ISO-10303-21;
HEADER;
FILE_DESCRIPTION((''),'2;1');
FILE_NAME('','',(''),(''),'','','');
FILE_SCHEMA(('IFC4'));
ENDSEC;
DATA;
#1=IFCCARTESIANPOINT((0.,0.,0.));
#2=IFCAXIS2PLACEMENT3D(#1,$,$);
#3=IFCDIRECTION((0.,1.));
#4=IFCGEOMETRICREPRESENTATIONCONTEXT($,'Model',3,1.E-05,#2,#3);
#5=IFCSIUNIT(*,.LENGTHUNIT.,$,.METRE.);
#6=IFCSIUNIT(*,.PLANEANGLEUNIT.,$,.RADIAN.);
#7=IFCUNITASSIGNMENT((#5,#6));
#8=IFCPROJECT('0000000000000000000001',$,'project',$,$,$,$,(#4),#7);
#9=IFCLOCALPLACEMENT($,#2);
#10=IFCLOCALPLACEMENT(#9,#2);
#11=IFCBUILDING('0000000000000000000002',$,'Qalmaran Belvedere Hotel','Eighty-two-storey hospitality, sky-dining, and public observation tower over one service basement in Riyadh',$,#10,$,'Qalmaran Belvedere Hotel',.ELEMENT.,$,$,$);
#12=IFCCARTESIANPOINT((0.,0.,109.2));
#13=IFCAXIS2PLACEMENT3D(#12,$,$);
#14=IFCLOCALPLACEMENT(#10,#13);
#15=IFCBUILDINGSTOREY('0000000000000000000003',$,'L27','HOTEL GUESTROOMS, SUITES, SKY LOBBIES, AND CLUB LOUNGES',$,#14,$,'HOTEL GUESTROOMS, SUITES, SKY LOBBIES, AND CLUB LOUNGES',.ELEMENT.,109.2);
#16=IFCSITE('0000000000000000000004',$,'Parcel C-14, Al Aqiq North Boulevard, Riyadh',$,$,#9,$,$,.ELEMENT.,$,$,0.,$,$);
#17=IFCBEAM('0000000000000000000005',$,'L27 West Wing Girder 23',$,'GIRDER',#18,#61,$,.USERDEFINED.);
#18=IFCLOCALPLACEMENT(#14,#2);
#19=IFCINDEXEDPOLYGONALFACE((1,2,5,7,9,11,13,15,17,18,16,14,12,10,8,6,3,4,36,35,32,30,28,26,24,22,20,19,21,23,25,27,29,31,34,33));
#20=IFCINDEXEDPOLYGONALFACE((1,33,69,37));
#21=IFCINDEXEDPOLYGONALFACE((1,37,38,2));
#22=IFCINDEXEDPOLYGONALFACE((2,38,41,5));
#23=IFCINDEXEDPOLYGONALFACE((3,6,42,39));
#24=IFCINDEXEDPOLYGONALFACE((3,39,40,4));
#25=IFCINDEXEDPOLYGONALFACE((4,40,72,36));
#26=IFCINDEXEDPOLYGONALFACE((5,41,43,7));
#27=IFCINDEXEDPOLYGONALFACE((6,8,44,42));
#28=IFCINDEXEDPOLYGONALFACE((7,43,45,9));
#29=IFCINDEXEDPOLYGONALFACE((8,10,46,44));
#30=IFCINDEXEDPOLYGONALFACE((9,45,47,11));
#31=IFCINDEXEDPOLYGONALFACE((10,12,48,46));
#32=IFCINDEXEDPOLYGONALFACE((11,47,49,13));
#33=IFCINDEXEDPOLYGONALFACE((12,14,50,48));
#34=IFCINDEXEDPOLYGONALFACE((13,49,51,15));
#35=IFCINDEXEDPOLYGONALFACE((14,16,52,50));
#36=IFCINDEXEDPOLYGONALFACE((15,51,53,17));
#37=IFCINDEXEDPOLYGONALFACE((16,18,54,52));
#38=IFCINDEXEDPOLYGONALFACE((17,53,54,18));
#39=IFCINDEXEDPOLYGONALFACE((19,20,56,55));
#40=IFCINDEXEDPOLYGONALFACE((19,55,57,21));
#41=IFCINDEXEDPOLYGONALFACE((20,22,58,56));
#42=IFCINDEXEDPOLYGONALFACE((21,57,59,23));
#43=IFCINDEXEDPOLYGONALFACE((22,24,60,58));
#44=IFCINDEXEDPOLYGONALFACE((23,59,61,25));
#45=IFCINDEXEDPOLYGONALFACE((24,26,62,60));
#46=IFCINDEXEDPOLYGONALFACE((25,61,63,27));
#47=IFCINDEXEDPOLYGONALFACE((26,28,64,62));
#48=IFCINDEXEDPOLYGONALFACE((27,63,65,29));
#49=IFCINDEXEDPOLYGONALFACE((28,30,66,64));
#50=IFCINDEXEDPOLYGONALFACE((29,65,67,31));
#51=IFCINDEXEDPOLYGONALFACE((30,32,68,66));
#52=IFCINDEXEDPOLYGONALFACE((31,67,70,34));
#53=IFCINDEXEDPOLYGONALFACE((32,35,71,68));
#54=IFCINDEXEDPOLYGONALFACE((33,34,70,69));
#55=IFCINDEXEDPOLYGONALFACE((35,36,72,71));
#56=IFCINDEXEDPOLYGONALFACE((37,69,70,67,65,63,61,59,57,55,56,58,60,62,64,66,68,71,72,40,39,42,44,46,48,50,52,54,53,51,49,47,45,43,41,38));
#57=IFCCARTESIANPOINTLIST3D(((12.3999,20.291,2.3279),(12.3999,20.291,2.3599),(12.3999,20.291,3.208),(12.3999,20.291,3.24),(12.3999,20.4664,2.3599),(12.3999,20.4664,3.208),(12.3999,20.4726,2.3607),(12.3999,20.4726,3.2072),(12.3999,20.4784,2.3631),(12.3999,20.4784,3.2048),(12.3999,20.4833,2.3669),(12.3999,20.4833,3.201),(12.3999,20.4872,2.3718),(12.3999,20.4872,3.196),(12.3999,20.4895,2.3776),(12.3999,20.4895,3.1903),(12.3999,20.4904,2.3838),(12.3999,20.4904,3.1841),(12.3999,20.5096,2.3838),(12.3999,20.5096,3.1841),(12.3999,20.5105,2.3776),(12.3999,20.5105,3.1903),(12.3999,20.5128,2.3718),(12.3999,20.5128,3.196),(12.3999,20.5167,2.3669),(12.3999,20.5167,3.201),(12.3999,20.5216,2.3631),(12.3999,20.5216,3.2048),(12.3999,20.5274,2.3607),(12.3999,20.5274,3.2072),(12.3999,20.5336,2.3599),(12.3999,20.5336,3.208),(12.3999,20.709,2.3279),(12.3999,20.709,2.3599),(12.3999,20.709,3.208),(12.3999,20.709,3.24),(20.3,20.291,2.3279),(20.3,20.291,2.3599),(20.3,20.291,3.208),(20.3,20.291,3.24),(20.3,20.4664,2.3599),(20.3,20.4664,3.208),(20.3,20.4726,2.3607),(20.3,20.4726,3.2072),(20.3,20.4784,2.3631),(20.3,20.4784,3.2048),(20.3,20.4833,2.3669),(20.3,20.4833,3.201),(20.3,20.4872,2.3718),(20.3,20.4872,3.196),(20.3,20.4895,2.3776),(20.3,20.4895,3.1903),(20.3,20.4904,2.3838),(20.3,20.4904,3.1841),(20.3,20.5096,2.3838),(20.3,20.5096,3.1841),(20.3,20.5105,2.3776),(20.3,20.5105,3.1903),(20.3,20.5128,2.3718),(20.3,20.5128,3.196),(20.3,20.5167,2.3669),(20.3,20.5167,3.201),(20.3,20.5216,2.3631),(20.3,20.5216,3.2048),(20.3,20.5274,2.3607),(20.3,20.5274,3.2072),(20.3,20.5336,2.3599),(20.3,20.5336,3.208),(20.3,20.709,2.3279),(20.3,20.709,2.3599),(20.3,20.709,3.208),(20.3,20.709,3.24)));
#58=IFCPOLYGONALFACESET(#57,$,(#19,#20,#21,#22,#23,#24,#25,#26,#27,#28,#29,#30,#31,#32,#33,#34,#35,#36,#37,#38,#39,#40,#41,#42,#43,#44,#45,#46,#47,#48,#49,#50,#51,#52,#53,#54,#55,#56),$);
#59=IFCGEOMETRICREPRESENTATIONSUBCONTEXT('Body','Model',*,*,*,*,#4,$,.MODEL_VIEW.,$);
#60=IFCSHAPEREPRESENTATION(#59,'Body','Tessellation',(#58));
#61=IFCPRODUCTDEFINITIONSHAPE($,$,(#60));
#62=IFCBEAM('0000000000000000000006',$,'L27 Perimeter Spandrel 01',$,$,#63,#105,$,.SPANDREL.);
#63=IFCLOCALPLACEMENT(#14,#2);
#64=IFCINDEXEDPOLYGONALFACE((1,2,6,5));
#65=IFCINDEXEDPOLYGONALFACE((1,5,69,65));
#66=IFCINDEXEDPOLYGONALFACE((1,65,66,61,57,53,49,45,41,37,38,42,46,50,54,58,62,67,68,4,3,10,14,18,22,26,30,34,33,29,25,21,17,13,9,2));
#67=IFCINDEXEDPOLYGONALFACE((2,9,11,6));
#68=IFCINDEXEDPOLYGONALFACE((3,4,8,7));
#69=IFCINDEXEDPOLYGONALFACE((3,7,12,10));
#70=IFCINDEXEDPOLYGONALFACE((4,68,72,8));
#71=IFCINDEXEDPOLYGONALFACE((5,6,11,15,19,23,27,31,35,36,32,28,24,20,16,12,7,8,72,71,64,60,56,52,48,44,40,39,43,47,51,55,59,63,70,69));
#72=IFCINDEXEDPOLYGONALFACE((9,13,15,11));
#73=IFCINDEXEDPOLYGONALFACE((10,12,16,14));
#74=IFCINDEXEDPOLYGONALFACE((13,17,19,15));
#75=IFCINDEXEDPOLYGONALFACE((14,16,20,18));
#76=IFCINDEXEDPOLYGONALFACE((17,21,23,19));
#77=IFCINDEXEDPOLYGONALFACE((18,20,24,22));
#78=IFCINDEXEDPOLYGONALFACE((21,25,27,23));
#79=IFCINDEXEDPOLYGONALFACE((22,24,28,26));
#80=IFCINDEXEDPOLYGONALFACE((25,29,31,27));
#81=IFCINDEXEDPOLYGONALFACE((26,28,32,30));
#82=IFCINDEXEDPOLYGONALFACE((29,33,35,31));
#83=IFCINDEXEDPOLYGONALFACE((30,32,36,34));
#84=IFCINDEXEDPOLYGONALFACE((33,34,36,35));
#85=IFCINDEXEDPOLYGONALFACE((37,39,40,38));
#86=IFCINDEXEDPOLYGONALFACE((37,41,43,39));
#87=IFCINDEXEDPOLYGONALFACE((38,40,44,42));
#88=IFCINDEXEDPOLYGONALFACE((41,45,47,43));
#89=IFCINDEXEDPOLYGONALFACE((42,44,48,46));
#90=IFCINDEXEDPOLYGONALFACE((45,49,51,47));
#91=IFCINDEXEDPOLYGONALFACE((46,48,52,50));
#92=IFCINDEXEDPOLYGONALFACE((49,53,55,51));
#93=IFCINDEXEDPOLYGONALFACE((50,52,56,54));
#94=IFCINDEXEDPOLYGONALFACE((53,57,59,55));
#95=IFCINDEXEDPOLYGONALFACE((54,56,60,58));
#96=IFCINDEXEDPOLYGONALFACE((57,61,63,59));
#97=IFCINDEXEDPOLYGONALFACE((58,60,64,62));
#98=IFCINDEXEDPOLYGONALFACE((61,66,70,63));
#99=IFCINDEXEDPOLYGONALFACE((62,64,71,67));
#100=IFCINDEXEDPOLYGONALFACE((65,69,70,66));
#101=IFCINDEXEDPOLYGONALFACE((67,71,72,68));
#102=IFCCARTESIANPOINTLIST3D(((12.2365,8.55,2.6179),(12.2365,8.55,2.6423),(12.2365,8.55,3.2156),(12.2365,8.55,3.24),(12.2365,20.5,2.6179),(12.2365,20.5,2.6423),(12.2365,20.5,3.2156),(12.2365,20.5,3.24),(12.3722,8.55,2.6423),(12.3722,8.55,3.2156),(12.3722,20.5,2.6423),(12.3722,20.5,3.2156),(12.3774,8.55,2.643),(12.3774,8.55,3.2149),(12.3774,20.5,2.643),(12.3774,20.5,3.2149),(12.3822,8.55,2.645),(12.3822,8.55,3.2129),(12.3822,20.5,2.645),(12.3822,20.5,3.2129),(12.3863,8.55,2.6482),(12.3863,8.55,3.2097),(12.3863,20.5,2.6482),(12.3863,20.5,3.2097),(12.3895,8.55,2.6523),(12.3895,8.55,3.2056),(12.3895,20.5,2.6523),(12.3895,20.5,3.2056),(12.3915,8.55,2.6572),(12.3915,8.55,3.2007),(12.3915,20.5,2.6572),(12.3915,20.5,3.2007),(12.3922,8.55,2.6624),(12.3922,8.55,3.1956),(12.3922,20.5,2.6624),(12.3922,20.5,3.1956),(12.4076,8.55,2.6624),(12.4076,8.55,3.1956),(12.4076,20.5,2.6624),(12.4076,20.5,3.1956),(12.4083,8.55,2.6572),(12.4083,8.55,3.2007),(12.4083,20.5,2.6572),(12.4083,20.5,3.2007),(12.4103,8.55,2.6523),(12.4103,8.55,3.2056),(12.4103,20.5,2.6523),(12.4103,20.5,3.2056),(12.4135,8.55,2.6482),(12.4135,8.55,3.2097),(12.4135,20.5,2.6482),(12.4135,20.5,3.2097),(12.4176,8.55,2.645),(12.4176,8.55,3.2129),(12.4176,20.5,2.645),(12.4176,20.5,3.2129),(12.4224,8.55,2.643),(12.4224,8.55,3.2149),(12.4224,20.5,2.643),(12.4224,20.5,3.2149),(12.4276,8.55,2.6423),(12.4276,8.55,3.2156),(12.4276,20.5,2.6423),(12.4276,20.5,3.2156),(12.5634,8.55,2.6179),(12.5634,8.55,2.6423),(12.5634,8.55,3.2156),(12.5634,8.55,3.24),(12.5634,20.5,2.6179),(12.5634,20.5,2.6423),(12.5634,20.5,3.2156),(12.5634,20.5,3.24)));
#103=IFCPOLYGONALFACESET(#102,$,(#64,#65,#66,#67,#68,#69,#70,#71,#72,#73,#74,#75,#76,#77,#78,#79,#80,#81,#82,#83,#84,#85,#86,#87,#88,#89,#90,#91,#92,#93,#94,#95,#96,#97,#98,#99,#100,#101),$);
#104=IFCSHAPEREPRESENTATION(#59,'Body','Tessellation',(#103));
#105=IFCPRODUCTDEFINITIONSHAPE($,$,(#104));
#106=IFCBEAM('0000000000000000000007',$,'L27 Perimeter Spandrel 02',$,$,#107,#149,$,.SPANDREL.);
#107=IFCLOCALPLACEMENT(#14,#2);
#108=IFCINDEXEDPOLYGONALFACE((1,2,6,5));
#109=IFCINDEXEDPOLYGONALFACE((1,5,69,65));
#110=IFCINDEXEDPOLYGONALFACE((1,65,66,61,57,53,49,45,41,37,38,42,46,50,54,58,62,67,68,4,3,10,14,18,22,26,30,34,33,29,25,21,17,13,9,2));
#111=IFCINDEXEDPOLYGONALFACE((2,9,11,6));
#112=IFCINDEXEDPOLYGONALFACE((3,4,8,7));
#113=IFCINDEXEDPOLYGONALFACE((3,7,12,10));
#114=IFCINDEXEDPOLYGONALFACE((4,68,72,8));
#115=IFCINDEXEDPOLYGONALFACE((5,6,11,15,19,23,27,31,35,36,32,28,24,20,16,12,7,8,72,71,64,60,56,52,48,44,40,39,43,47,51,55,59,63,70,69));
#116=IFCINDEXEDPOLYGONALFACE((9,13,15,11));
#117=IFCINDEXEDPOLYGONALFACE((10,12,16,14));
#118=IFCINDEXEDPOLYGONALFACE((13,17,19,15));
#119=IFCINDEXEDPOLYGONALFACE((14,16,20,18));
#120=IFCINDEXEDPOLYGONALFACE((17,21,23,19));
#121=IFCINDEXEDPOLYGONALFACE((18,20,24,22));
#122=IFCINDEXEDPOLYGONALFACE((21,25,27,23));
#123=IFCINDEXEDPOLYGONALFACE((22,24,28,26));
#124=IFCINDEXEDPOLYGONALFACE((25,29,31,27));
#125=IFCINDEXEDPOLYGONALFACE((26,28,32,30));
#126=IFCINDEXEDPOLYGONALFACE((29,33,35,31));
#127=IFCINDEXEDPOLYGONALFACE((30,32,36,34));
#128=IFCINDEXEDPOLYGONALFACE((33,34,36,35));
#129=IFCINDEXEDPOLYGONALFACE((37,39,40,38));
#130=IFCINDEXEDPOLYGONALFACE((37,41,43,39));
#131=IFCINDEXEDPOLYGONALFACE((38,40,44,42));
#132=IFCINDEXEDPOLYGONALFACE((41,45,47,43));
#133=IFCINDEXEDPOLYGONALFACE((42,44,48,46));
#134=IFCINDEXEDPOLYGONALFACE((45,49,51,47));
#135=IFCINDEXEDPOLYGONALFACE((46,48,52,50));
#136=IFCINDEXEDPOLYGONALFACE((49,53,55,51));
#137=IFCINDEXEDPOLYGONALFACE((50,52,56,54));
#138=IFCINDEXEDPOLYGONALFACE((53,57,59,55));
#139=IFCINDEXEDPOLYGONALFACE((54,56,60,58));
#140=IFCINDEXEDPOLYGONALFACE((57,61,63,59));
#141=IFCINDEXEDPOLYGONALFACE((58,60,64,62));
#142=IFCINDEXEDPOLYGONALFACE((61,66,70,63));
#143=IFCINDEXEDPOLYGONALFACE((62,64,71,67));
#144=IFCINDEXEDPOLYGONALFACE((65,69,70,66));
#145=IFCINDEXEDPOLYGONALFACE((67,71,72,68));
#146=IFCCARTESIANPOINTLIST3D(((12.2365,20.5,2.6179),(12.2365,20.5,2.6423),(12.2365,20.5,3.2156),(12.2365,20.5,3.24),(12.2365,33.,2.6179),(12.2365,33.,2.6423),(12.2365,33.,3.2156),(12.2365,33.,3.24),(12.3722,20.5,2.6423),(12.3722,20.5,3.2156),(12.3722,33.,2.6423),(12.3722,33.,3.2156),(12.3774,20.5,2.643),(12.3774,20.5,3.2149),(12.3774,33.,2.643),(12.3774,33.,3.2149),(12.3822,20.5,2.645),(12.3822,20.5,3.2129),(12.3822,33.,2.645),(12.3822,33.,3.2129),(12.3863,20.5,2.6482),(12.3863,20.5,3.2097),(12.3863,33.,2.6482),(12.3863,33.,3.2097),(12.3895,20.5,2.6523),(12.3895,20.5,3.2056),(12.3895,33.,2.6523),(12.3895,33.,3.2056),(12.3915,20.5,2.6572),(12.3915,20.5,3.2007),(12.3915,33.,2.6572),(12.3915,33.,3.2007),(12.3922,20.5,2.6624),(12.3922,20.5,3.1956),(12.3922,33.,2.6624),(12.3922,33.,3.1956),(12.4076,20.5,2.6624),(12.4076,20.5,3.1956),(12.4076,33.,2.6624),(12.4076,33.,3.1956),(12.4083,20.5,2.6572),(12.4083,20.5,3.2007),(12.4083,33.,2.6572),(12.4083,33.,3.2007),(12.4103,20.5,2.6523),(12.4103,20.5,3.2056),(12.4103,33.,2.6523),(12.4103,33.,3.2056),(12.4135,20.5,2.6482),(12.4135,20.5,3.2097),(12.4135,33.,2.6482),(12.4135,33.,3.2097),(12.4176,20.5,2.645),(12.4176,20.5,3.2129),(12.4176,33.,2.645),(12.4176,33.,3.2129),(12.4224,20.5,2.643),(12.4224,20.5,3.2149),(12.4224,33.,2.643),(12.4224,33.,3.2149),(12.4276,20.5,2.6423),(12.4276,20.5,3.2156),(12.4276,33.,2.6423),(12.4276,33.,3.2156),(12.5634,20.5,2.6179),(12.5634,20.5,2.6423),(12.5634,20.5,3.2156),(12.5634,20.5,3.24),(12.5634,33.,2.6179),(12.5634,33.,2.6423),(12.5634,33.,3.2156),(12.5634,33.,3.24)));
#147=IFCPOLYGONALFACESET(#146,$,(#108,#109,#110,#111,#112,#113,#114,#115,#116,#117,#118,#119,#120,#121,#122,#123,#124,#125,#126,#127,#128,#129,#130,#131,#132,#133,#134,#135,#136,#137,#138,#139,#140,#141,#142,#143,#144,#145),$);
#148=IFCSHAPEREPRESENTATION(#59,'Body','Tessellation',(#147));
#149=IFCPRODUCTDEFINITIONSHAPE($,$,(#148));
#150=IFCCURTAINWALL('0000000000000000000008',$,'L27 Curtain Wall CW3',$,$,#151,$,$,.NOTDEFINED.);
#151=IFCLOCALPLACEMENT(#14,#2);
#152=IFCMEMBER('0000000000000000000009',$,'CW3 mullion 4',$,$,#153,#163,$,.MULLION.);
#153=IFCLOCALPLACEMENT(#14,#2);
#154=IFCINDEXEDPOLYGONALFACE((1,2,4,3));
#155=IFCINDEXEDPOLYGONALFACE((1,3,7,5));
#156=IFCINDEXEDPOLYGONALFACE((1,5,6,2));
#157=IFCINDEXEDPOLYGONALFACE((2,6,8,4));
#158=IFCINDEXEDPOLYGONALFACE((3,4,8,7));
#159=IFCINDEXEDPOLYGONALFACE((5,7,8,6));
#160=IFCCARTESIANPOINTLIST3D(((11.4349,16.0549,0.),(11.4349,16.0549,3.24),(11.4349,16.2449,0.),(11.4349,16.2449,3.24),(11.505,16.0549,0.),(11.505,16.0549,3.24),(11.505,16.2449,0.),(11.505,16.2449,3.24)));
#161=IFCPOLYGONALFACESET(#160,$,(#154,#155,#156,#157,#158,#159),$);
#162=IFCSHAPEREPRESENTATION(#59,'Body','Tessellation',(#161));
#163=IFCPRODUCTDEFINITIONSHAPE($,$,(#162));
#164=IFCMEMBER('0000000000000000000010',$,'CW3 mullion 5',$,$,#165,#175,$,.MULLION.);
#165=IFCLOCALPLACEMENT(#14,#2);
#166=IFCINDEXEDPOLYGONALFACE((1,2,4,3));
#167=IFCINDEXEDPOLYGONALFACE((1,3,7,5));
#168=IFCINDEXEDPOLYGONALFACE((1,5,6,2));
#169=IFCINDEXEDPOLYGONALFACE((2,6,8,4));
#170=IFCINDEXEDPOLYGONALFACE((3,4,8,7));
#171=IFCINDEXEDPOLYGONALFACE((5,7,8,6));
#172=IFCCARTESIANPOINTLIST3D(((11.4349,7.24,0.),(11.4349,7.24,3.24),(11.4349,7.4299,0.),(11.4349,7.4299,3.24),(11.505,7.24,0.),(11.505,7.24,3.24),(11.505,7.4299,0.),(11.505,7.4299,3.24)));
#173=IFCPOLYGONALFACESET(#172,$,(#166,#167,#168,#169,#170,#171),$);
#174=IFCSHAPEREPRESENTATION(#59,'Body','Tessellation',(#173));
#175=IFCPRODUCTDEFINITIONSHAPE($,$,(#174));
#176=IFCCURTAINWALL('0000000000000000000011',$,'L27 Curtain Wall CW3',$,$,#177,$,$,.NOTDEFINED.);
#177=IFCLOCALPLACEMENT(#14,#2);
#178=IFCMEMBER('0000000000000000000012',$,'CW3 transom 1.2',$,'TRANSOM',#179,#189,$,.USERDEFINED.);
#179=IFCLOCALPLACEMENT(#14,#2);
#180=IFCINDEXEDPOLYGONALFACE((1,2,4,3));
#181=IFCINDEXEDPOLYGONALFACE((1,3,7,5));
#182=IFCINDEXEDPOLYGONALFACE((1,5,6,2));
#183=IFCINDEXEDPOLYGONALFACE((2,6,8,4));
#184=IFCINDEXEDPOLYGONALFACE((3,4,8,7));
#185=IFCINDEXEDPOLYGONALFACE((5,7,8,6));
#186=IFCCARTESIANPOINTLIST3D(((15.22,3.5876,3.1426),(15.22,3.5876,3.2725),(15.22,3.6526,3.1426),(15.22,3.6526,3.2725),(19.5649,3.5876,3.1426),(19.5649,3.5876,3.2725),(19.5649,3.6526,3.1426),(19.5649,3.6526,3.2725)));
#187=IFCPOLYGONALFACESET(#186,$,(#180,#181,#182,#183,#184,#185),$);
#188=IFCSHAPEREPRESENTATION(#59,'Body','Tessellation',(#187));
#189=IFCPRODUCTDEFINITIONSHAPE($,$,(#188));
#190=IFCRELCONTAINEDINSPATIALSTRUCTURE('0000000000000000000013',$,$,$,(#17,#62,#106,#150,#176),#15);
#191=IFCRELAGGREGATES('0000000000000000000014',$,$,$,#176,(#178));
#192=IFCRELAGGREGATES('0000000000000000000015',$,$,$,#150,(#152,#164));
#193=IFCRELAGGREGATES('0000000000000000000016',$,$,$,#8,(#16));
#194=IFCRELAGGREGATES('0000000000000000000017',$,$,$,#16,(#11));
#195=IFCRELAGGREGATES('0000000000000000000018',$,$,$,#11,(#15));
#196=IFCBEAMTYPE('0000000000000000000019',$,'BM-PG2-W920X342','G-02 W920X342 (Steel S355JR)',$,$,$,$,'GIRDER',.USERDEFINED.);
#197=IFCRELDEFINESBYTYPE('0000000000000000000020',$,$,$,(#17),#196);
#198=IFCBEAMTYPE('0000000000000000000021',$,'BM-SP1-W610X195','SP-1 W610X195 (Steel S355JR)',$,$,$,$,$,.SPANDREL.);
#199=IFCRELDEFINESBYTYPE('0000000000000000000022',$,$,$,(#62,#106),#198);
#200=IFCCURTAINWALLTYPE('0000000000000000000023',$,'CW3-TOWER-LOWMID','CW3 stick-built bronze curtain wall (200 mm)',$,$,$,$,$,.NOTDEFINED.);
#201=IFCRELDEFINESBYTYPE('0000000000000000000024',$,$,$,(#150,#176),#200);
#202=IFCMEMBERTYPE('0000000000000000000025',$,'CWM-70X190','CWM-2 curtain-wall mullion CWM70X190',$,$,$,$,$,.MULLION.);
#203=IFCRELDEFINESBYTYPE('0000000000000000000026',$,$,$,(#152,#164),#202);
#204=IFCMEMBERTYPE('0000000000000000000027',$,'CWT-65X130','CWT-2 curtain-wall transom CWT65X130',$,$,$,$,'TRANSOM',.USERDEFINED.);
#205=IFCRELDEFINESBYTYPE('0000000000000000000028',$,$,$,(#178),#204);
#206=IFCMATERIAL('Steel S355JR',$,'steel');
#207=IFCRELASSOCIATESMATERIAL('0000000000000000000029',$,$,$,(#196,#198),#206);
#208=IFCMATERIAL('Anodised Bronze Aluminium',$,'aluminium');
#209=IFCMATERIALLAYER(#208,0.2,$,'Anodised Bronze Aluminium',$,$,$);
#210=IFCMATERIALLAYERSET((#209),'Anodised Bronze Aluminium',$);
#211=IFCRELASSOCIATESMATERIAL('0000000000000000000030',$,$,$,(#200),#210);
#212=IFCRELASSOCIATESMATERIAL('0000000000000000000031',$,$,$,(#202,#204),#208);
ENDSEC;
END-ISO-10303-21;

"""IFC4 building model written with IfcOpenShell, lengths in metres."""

from ifc_helpers import new_model, si_unit, direction, frame, origin, origin_2d, place, context, subcontext, project, spatial, rectangle, i_section, extrude, material, layer, layer_set, material_profile, profile_set, type_object, element, aggregate, save


model = new_model("IFC4")

# Units and contexts
model_context = context("Model", 3, precision=1e-05, world=origin(), true_north=direction((0.0, 1.0)))
body_context = subcontext(model_context, "Body", "Model", "MODEL_VIEW")
ifc_project = project(units=[si_unit("LENGTHUNIT", "METRE"), si_unit("PLANEANGLEUNIT", "RADIAN")], contexts=[model_context])

# Site, building, storey
site_placement = place(None, origin())
site = spatial("IfcSite", under=ifc_project, at=site_placement, Name="Parcel C-14, Al Aqiq North Boulevard, Riyadh", CompositionType="ELEMENT", RefElevation=0.0)
building_placement = place(site_placement, origin())
building = spatial("IfcBuilding", under=site, at=building_placement, Name="Qalmaran Belvedere Hotel", Description="Eighty-two-storey hospitality, sky-dining, and public observation tower over one service basement in Riyadh", LongName="Qalmaran Belvedere Hotel", CompositionType="ELEMENT")
storey_placement = place(building_placement, frame((0.0, 0.0, 109.2)))
storey = spatial("IfcBuildingStorey", under=building, at=storey_placement, Name="L27", Description="HOTEL GUESTROOMS, SUITES, SKY LOBBIES, AND CLUB LOUNGES", LongName="HOTEL GUESTROOMS, SUITES, SKY LOBBIES, AND CLUB LOUNGES", CompositionType="ELEMENT", Elevation=109.2)

# Beams
ifc_material_1 = material(Name="Steel S355JR", Category="steel")
ifc_material_profile_1 = material_profile(ifc_material_1, i_section(OverallWidth=0.418, OverallDepth=0.9121, WebThickness=0.0193, FlangeThickness=0.032, FilletRadius=0.0239, at=origin_2d()), Name="W920X342")
ifc_profile_set_1 = profile_set([ifc_material_profile_1], Name="Steel S355JR")
beam_type_1 = type_object("IfcBeamType", Name="BM-PG2-W920X342", Description="G-02 W920X342 (Steel S355JR)", ElementType="GIRDER", PredefinedType="USERDEFINED", material=ifc_profile_set_1)
for number, where, z_axis, x_axis, name in (
    (1, (12.3999, 20.5, 2.7839), (1.0, 0.0, 0.0), (0.0, 1.0, 0.0), "L27 West Wing Girder 23"),
):
    element("IfcBeam", number, at=place(storey_placement, frame(where, z_axis=z_axis, x_axis=x_axis)), inside=storey, type_object=beam_type_1, Name=name, ObjectType="GIRDER", PredefinedType="USERDEFINED", context=body_context, shape_type="SweptSolid", body=[
        extrude(i_section(OverallWidth=0.418, OverallDepth=0.9121, WebThickness=0.0193, FlangeThickness=0.032, FilletRadius=0.0239, at=origin_2d()), origin(), (0.0, 0.0, 1.0), 7.9001),
    ])
ifc_material_profile_2 = material_profile(ifc_material_1, i_section(OverallWidth=0.3269, OverallDepth=0.6221, WebThickness=0.0154, FlangeThickness=0.0244, FilletRadius=0.02, at=origin_2d()), Name="W610X195")
ifc_profile_set_2 = profile_set([ifc_material_profile_2], Name="Steel S355JR")
beam_type_2 = type_object("IfcBeamType", Name="BM-SP1-W610X195", Description="SP-1 W610X195 (Steel S355JR)", PredefinedType="SPANDREL", material=ifc_profile_set_2)
beam_1_placement = place(storey_placement, frame((12.3999, 8.55, 2.929), z_axis=(0.0, 1.0, 0.0), x_axis=(-1.0, 0.0, 0.0)))
element("IfcBeam", 2, at=beam_1_placement, inside=storey, type_object=beam_type_2, Name="L27 Perimeter Spandrel 01", PredefinedType="SPANDREL", context=body_context, shape_type="SweptSolid", body=[
    extrude(i_section(OverallWidth=0.3269, OverallDepth=0.6221, WebThickness=0.0154, FlangeThickness=0.0244, FilletRadius=0.02, at=origin_2d()), origin(), (0.0, 0.0, 1.0), 11.95),
])
beam_2_placement = place(storey_placement, frame((12.3999, 20.5, 2.929), z_axis=(0.0, 1.0, 0.0), x_axis=(-1.0, 0.0, 0.0)))
element("IfcBeam", 3, at=beam_2_placement, inside=storey, type_object=beam_type_2, Name="L27 Perimeter Spandrel 02", PredefinedType="SPANDREL", context=body_context, shape_type="SweptSolid", body=[
    extrude(i_section(OverallWidth=0.3269, OverallDepth=0.6221, WebThickness=0.0154, FlangeThickness=0.0244, FilletRadius=0.02, at=origin_2d()), origin(), (0.0, 0.0, 1.0), 12.5),
])

# Curtain wall, members
ifc_material_2 = material(Name="Anodised Bronze Aluminium", Category="aluminium")
ifc_layer_1 = layer(ifc_material_2, 0.2, Name="Anodised Bronze Aluminium")
ifc_layer_set_1 = layer_set([ifc_layer_1], Name="Anodised Bronze Aluminium")
curtain_wall_type = type_object("IfcCurtainWallType", Name="CW3-TOWER-LOWMID", Description="CW3 stick-built bronze curtain wall (200 mm)", PredefinedType="NOTDEFINED", material=ifc_layer_set_1)
curtain_wall_1_placement = place(storey_placement, origin())
curtain_wall_1 = element("IfcCurtainWall", 4, at=curtain_wall_1_placement, inside=storey, type_object=curtain_wall_type, Name="L27 Curtain Wall CW3", PredefinedType="NOTDEFINED")
ifc_material_profile_3 = material_profile(ifc_material_2, rectangle(XDim=0.0701, YDim=0.1899, at=origin_2d()), Name="CWM70X190")
ifc_profile_set_3 = profile_set([ifc_material_profile_3], Name="Anodised Bronze Aluminium")
member_type_1 = type_object("IfcMemberType", Name="CWM-70X190", Description="CWM-2 curtain-wall mullion CWM70X190", PredefinedType="MULLION", material=ifc_profile_set_3)
member_1_placement = place(storey_placement, frame((11.47, 16.1499, 0.0), z_axis=(0.0, 0.0, 1.0), x_axis=(1.0, 0.0, 0.0)))
member_1 = element("IfcMember", 5, at=member_1_placement, type_object=member_type_1, Name="CW3 mullion 4", PredefinedType="MULLION", context=body_context, shape_type="SweptSolid", body=[
    extrude(rectangle(XDim=0.0701, YDim=0.1899, at=origin_2d()), origin(), (0.0, 0.0, 1.0), 3.24),
])
member_2_placement = place(storey_placement, frame((11.47, 7.335, 0.0), z_axis=(0.0, 0.0, 1.0), x_axis=(1.0, 0.0, 0.0)))
member_2 = element("IfcMember", 6, at=member_2_placement, type_object=member_type_1, Name="CW3 mullion 5", PredefinedType="MULLION", context=body_context, shape_type="SweptSolid", body=[
    extrude(rectangle(XDim=0.0701, YDim=0.1899, at=origin_2d()), origin(), (0.0, 0.0, 1.0), 3.24),
])

# Curtain wall, member
curtain_wall_2_placement = place(storey_placement, origin())
curtain_wall_2 = element("IfcCurtainWall", 7, at=curtain_wall_2_placement, inside=storey, type_object=curtain_wall_type, Name="L27 Curtain Wall CW3", PredefinedType="NOTDEFINED")
ifc_material_profile_4 = material_profile(ifc_material_2, rectangle(XDim=0.0649, YDim=0.1299, at=origin_2d()), Name="CWT65X130")
ifc_profile_set_4 = profile_set([ifc_material_profile_4], Name="Anodised Bronze Aluminium")
member_type_2 = type_object("IfcMemberType", Name="CWT-65X130", Description="CWT-2 curtain-wall transom CWT65X130", ElementType="TRANSOM", PredefinedType="USERDEFINED", material=ifc_profile_set_4)
member_3_placement = place(storey_placement, frame((15.22, 3.6201, 3.2075), z_axis=(1.0, 0.0, 0.0), x_axis=(0.0, 1.0, 0.0)))
member_3 = element("IfcMember", 8, at=member_3_placement, type_object=member_type_2, Name="CW3 transom 1.2", ObjectType="TRANSOM", PredefinedType="USERDEFINED", context=body_context, shape_type="SweptSolid", body=[
    extrude(rectangle(XDim=0.0649, YDim=0.1299, at=origin_2d()), origin(), (0.0, 0.0, 1.0), 4.345),
])
aggregate(curtain_wall_2, [member_3])

aggregate(curtain_wall_1, [member_1, member_2])

save(model, "model.ifc")
